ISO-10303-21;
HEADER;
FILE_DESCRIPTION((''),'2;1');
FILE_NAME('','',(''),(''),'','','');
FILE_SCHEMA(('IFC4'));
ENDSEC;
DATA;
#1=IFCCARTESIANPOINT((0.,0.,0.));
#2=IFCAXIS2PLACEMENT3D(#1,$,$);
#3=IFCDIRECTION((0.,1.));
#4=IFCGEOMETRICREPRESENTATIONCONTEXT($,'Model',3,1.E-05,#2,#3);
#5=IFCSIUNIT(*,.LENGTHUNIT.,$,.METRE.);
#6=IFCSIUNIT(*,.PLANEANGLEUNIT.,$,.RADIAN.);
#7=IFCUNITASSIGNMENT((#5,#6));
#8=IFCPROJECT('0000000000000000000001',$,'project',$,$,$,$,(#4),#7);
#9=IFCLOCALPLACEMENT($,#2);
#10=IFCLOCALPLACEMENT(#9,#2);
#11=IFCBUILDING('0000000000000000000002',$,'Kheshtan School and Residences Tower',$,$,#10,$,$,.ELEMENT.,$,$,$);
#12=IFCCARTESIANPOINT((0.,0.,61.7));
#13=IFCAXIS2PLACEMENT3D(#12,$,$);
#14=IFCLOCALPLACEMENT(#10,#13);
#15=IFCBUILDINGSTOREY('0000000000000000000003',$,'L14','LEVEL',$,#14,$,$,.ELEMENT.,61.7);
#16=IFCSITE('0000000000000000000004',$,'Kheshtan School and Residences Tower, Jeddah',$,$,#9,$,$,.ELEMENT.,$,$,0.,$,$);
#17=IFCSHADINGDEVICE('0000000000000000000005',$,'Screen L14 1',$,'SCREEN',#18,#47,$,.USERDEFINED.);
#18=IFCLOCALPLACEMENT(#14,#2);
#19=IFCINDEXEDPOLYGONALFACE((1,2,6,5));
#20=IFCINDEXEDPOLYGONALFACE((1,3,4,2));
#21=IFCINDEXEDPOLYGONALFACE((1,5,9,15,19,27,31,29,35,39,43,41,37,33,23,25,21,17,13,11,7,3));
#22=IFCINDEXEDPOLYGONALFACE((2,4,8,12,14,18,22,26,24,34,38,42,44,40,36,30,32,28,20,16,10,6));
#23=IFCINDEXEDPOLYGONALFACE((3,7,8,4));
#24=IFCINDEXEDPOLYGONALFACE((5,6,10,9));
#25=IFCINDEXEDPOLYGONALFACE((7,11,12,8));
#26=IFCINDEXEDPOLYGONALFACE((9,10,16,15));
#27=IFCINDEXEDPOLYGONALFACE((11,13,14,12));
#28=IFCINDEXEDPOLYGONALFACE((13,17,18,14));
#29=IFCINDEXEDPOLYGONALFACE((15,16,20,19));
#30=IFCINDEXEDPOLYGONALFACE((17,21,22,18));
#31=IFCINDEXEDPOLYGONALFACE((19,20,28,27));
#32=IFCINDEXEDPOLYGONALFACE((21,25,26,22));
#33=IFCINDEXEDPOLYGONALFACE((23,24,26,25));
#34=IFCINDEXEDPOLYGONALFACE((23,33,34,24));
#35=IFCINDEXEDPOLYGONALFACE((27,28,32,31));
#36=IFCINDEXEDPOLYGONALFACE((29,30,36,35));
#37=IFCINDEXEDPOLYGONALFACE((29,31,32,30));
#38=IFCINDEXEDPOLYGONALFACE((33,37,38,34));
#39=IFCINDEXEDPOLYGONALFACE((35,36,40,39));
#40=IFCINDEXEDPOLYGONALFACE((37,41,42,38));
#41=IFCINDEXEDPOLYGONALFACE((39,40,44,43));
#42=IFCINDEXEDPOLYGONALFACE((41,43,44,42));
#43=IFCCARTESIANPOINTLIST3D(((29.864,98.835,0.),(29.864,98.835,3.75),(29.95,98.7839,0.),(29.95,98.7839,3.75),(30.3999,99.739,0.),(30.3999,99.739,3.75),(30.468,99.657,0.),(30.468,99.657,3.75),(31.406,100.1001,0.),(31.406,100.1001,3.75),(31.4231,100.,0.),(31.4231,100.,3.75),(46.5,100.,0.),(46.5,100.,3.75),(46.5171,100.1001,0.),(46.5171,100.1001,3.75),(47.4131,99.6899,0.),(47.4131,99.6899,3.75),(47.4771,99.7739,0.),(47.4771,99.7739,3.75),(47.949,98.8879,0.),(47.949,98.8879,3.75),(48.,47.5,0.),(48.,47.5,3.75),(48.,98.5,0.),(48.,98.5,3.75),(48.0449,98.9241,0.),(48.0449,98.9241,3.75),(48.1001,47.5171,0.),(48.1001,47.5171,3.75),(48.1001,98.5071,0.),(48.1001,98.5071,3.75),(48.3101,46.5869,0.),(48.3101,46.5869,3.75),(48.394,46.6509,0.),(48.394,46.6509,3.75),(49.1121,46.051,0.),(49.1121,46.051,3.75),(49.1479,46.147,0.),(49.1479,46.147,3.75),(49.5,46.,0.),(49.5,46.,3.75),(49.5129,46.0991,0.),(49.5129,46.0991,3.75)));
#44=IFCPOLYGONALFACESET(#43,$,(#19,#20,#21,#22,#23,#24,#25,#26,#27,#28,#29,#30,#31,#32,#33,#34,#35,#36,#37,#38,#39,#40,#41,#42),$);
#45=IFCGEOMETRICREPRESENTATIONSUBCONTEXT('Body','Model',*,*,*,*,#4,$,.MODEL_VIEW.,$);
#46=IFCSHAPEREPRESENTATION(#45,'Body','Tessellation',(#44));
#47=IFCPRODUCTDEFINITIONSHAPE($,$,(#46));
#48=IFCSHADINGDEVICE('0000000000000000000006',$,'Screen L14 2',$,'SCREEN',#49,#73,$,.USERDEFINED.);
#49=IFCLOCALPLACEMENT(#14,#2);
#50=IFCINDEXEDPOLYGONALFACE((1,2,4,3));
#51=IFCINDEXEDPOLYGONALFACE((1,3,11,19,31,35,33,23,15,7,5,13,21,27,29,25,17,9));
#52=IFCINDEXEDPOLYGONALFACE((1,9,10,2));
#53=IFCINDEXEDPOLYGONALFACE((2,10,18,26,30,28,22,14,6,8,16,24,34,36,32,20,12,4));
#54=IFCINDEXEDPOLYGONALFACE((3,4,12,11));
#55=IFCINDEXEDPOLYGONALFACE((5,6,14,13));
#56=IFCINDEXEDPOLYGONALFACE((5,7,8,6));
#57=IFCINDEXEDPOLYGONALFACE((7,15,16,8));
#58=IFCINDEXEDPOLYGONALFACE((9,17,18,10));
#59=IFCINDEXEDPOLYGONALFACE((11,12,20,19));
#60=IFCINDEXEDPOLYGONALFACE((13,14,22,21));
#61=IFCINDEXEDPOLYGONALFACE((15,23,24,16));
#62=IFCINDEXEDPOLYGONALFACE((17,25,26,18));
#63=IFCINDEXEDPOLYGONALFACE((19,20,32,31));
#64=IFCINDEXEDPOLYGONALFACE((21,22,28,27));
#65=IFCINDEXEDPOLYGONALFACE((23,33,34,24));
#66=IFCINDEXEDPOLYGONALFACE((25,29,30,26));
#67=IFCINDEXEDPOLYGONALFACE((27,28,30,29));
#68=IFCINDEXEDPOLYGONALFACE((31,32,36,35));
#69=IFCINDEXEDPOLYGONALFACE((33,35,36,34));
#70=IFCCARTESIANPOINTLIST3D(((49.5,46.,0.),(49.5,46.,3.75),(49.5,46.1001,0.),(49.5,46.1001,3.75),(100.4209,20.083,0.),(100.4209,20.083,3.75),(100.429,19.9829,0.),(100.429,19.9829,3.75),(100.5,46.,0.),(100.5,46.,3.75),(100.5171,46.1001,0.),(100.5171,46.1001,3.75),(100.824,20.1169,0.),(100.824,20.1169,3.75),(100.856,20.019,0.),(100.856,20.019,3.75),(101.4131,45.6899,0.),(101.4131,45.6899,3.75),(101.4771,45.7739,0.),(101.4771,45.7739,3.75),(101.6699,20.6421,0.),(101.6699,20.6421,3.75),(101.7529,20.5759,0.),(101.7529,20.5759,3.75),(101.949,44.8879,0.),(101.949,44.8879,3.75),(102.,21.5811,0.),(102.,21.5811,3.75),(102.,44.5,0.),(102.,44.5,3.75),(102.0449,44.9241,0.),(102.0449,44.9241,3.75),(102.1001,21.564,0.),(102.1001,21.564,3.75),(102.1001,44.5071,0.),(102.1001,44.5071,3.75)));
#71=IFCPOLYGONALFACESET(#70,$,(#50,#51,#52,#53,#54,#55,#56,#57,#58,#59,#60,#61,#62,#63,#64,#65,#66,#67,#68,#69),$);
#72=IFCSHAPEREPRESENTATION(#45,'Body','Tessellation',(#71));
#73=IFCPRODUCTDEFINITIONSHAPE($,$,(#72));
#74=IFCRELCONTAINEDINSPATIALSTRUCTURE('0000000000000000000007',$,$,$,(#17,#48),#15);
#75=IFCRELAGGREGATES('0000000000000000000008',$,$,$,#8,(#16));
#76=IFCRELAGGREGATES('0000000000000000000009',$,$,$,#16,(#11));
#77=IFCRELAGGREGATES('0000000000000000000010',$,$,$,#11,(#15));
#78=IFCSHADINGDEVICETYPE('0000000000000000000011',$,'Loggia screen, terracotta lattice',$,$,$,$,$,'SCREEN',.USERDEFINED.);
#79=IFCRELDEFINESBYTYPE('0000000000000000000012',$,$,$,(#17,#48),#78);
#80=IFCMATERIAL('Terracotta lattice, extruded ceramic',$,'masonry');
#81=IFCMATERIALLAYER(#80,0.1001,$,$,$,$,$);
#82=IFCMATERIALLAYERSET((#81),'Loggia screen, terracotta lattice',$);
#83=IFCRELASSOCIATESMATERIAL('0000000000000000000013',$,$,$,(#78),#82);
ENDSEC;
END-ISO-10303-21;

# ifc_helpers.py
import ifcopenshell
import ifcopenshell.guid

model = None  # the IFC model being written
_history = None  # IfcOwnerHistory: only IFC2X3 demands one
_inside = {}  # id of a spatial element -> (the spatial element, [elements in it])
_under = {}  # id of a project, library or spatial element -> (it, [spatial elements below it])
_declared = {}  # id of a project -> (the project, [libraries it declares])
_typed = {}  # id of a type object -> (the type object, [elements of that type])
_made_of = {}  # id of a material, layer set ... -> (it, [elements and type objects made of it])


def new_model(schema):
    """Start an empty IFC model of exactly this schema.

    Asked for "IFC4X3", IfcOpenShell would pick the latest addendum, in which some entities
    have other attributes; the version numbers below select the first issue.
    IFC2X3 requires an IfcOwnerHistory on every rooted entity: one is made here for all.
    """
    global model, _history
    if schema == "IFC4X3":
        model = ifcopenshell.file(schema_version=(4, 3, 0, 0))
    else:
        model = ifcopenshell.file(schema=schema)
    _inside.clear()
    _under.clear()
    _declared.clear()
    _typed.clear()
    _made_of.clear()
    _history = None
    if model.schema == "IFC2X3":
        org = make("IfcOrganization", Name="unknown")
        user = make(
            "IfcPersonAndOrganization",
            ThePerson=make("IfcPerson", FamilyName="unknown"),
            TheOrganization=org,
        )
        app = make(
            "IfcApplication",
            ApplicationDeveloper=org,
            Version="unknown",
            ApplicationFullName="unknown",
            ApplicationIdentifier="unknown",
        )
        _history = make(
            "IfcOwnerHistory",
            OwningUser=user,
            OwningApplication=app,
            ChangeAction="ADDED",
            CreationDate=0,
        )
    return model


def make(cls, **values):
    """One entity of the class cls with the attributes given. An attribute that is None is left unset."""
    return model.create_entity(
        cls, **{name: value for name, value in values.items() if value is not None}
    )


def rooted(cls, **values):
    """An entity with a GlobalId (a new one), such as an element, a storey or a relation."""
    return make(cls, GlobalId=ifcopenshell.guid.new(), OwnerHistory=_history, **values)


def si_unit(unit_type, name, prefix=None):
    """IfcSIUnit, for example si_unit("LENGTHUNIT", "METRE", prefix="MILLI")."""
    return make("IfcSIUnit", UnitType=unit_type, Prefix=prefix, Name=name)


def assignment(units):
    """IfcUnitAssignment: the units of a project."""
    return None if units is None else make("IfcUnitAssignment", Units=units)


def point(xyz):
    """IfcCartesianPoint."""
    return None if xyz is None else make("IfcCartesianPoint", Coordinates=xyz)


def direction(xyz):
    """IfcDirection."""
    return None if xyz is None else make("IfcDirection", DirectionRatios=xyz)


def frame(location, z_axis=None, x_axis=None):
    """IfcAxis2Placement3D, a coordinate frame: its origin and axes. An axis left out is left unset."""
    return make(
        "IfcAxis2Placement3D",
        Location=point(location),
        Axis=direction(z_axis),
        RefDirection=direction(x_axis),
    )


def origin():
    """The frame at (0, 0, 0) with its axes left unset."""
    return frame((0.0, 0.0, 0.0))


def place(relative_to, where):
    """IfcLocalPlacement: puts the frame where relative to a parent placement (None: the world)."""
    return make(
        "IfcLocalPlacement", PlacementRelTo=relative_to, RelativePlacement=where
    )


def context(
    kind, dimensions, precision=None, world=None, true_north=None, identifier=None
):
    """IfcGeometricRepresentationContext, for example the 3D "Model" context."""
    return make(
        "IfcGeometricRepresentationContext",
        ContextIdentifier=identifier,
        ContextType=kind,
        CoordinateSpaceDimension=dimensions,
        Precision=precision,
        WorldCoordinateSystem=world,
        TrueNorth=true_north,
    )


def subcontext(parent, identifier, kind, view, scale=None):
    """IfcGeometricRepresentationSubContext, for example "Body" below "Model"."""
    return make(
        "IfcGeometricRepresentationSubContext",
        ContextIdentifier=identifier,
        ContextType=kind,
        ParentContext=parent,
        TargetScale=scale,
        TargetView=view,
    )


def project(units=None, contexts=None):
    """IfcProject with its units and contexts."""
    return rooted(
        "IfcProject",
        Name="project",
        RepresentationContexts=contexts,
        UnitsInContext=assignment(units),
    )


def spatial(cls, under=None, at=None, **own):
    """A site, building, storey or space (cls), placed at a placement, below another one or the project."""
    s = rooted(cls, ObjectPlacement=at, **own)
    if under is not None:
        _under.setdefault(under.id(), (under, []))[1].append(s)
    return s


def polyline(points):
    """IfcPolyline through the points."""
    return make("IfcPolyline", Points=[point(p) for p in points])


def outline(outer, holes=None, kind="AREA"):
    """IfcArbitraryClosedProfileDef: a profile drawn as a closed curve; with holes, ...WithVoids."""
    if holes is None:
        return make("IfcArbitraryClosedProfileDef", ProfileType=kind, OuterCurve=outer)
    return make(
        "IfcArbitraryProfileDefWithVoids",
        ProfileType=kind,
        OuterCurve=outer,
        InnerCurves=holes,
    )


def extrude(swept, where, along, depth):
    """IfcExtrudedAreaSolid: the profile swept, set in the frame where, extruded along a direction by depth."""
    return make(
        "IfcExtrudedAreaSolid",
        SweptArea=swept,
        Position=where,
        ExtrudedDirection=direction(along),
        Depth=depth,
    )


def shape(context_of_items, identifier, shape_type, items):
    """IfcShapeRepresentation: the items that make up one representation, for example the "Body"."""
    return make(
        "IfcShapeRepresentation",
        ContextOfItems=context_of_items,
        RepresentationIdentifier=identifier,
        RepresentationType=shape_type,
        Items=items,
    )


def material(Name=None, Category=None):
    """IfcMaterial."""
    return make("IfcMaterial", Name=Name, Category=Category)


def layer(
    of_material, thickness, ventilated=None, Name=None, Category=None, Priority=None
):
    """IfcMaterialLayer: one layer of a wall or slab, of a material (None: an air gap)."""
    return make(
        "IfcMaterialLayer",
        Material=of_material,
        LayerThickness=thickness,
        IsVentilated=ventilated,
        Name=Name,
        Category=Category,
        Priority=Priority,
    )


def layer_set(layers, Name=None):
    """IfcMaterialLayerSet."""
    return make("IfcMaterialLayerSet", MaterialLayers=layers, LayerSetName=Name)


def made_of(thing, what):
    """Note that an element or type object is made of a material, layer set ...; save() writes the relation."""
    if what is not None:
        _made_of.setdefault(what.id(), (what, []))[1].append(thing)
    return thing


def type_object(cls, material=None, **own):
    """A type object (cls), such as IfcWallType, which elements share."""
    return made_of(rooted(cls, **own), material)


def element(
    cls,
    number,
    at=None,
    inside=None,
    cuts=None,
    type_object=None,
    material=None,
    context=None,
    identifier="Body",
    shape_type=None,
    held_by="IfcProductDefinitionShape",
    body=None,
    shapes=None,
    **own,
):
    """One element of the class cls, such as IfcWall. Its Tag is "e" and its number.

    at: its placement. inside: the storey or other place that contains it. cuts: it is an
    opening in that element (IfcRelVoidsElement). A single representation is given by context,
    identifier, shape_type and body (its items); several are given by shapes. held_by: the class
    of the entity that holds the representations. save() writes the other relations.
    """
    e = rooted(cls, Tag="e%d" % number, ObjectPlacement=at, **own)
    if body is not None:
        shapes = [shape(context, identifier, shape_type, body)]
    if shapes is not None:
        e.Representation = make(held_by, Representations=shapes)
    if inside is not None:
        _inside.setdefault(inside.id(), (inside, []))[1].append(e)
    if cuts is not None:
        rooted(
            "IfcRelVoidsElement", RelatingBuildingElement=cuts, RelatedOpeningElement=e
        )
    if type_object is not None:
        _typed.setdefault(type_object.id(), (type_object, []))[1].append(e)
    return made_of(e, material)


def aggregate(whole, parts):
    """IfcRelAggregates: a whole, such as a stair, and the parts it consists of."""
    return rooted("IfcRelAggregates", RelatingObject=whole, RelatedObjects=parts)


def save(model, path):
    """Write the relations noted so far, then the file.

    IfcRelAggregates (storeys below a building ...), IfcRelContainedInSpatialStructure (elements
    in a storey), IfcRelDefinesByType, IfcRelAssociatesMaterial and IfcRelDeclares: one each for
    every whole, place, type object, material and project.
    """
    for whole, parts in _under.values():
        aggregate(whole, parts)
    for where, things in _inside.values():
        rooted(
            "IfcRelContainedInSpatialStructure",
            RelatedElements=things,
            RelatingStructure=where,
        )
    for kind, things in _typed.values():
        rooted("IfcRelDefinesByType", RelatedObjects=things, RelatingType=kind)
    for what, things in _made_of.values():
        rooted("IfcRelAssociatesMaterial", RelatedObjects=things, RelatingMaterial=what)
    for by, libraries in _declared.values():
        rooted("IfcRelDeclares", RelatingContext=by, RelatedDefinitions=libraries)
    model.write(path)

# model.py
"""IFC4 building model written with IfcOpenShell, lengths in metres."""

from ifc_helpers import new_model, si_unit, direction, frame, origin, place, context, subcontext, project, spatial, polyline, outline, extrude, material, layer, layer_set, type_object, element, save


model = new_model("IFC4")

# Units and contexts
model_context = context("Model", 3, precision=1e-05, world=origin(), true_north=direction((0.0, 1.0)))
body_context = subcontext(model_context, "Body", "Model", "MODEL_VIEW")
ifc_project = project(units=[si_unit("LENGTHUNIT", "METRE"), si_unit("PLANEANGLEUNIT", "RADIAN")], contexts=[model_context])

# Site, building, storey
site_placement = place(None, origin())
site = spatial("IfcSite", under=ifc_project, at=site_placement, Name="Kheshtan School and Residences Tower, Jeddah", CompositionType="ELEMENT", RefElevation=0.0)
building_placement = place(site_placement, origin())
building = spatial("IfcBuilding", under=site, at=building_placement, Name="Kheshtan School and Residences Tower", CompositionType="ELEMENT")
storey_placement = place(building_placement, frame((0.0, 0.0, 61.7)))
storey = spatial("IfcBuildingStorey", under=building, at=storey_placement, Name="L14", Description="LEVEL", CompositionType="ELEMENT", Elevation=61.7)

# Shading devices
ifc_material_1 = material(Name="Terracotta lattice, extruded ceramic", Category="masonry")
ifc_layer_1 = layer(ifc_material_1, 0.1001)
ifc_layer_set_1 = layer_set([ifc_layer_1], Name="Loggia screen, terracotta lattice")
shading_device_type_1 = type_object("IfcShadingDeviceType", Name="Loggia screen, terracotta lattice", ElementType="SCREEN", PredefinedType="USERDEFINED", material=ifc_layer_set_1)
shading_device_1_placement = place(storey_placement, origin())
element("IfcShadingDevice", 1, at=shading_device_1_placement, inside=storey, type_object=shading_device_type_1, Name="Screen L14 1", ObjectType="SCREEN", PredefinedType="USERDEFINED", context=body_context, shape_type="SweptSolid", body=[
    extrude(outline(polyline([(29.95, 98.7839), (30.468, 99.657), (31.4231, 100.0), (46.5, 100.0), (47.4131, 99.6899), (47.949, 98.8879), (48.0, 98.5), (48.0, 47.5), (48.3101, 46.5869), (49.1121, 46.051), (49.5, 46.0), (49.5129, 46.0991), (49.1479, 46.147), (48.394, 46.6509), (48.1001, 47.5171), (48.1001, 98.5071), (48.0449, 98.9241), (47.4771, 99.7739), (46.5171, 100.1001), (31.406, 100.1001), (30.3999, 99.739), (29.864, 98.835), (29.95, 98.7839)])), origin(), (0.0, 0.0, 1.0), 3.75),
])
shading_device_2_placement = place(storey_placement, origin())
element("IfcShadingDevice", 2, at=shading_device_2_placement, inside=storey, type_object=shading_device_type_1, Name="Screen L14 2", ObjectType="SCREEN", PredefinedType="USERDEFINED", context=body_context, shape_type="SweptSolid", body=[
    extrude(outline(polyline([(49.5, 46.0), (100.5, 46.0), (101.4131, 45.6899), (101.949, 44.8879), (102.0, 44.5), (102.0, 21.5811), (101.6699, 20.6421), (100.824, 20.1169), (100.4209, 20.083), (100.429, 19.9829), (100.856, 20.019), (101.7529, 20.5759), (102.1001, 21.564), (102.1001, 44.5071), (102.0449, 44.9241), (101.4771, 45.7739), (100.5171, 46.1001), (49.5, 46.1001), (49.5, 46.0)])), origin(), (0.0, 0.0, 1.0), 3.75),
])

save(model, "model.ifc")
